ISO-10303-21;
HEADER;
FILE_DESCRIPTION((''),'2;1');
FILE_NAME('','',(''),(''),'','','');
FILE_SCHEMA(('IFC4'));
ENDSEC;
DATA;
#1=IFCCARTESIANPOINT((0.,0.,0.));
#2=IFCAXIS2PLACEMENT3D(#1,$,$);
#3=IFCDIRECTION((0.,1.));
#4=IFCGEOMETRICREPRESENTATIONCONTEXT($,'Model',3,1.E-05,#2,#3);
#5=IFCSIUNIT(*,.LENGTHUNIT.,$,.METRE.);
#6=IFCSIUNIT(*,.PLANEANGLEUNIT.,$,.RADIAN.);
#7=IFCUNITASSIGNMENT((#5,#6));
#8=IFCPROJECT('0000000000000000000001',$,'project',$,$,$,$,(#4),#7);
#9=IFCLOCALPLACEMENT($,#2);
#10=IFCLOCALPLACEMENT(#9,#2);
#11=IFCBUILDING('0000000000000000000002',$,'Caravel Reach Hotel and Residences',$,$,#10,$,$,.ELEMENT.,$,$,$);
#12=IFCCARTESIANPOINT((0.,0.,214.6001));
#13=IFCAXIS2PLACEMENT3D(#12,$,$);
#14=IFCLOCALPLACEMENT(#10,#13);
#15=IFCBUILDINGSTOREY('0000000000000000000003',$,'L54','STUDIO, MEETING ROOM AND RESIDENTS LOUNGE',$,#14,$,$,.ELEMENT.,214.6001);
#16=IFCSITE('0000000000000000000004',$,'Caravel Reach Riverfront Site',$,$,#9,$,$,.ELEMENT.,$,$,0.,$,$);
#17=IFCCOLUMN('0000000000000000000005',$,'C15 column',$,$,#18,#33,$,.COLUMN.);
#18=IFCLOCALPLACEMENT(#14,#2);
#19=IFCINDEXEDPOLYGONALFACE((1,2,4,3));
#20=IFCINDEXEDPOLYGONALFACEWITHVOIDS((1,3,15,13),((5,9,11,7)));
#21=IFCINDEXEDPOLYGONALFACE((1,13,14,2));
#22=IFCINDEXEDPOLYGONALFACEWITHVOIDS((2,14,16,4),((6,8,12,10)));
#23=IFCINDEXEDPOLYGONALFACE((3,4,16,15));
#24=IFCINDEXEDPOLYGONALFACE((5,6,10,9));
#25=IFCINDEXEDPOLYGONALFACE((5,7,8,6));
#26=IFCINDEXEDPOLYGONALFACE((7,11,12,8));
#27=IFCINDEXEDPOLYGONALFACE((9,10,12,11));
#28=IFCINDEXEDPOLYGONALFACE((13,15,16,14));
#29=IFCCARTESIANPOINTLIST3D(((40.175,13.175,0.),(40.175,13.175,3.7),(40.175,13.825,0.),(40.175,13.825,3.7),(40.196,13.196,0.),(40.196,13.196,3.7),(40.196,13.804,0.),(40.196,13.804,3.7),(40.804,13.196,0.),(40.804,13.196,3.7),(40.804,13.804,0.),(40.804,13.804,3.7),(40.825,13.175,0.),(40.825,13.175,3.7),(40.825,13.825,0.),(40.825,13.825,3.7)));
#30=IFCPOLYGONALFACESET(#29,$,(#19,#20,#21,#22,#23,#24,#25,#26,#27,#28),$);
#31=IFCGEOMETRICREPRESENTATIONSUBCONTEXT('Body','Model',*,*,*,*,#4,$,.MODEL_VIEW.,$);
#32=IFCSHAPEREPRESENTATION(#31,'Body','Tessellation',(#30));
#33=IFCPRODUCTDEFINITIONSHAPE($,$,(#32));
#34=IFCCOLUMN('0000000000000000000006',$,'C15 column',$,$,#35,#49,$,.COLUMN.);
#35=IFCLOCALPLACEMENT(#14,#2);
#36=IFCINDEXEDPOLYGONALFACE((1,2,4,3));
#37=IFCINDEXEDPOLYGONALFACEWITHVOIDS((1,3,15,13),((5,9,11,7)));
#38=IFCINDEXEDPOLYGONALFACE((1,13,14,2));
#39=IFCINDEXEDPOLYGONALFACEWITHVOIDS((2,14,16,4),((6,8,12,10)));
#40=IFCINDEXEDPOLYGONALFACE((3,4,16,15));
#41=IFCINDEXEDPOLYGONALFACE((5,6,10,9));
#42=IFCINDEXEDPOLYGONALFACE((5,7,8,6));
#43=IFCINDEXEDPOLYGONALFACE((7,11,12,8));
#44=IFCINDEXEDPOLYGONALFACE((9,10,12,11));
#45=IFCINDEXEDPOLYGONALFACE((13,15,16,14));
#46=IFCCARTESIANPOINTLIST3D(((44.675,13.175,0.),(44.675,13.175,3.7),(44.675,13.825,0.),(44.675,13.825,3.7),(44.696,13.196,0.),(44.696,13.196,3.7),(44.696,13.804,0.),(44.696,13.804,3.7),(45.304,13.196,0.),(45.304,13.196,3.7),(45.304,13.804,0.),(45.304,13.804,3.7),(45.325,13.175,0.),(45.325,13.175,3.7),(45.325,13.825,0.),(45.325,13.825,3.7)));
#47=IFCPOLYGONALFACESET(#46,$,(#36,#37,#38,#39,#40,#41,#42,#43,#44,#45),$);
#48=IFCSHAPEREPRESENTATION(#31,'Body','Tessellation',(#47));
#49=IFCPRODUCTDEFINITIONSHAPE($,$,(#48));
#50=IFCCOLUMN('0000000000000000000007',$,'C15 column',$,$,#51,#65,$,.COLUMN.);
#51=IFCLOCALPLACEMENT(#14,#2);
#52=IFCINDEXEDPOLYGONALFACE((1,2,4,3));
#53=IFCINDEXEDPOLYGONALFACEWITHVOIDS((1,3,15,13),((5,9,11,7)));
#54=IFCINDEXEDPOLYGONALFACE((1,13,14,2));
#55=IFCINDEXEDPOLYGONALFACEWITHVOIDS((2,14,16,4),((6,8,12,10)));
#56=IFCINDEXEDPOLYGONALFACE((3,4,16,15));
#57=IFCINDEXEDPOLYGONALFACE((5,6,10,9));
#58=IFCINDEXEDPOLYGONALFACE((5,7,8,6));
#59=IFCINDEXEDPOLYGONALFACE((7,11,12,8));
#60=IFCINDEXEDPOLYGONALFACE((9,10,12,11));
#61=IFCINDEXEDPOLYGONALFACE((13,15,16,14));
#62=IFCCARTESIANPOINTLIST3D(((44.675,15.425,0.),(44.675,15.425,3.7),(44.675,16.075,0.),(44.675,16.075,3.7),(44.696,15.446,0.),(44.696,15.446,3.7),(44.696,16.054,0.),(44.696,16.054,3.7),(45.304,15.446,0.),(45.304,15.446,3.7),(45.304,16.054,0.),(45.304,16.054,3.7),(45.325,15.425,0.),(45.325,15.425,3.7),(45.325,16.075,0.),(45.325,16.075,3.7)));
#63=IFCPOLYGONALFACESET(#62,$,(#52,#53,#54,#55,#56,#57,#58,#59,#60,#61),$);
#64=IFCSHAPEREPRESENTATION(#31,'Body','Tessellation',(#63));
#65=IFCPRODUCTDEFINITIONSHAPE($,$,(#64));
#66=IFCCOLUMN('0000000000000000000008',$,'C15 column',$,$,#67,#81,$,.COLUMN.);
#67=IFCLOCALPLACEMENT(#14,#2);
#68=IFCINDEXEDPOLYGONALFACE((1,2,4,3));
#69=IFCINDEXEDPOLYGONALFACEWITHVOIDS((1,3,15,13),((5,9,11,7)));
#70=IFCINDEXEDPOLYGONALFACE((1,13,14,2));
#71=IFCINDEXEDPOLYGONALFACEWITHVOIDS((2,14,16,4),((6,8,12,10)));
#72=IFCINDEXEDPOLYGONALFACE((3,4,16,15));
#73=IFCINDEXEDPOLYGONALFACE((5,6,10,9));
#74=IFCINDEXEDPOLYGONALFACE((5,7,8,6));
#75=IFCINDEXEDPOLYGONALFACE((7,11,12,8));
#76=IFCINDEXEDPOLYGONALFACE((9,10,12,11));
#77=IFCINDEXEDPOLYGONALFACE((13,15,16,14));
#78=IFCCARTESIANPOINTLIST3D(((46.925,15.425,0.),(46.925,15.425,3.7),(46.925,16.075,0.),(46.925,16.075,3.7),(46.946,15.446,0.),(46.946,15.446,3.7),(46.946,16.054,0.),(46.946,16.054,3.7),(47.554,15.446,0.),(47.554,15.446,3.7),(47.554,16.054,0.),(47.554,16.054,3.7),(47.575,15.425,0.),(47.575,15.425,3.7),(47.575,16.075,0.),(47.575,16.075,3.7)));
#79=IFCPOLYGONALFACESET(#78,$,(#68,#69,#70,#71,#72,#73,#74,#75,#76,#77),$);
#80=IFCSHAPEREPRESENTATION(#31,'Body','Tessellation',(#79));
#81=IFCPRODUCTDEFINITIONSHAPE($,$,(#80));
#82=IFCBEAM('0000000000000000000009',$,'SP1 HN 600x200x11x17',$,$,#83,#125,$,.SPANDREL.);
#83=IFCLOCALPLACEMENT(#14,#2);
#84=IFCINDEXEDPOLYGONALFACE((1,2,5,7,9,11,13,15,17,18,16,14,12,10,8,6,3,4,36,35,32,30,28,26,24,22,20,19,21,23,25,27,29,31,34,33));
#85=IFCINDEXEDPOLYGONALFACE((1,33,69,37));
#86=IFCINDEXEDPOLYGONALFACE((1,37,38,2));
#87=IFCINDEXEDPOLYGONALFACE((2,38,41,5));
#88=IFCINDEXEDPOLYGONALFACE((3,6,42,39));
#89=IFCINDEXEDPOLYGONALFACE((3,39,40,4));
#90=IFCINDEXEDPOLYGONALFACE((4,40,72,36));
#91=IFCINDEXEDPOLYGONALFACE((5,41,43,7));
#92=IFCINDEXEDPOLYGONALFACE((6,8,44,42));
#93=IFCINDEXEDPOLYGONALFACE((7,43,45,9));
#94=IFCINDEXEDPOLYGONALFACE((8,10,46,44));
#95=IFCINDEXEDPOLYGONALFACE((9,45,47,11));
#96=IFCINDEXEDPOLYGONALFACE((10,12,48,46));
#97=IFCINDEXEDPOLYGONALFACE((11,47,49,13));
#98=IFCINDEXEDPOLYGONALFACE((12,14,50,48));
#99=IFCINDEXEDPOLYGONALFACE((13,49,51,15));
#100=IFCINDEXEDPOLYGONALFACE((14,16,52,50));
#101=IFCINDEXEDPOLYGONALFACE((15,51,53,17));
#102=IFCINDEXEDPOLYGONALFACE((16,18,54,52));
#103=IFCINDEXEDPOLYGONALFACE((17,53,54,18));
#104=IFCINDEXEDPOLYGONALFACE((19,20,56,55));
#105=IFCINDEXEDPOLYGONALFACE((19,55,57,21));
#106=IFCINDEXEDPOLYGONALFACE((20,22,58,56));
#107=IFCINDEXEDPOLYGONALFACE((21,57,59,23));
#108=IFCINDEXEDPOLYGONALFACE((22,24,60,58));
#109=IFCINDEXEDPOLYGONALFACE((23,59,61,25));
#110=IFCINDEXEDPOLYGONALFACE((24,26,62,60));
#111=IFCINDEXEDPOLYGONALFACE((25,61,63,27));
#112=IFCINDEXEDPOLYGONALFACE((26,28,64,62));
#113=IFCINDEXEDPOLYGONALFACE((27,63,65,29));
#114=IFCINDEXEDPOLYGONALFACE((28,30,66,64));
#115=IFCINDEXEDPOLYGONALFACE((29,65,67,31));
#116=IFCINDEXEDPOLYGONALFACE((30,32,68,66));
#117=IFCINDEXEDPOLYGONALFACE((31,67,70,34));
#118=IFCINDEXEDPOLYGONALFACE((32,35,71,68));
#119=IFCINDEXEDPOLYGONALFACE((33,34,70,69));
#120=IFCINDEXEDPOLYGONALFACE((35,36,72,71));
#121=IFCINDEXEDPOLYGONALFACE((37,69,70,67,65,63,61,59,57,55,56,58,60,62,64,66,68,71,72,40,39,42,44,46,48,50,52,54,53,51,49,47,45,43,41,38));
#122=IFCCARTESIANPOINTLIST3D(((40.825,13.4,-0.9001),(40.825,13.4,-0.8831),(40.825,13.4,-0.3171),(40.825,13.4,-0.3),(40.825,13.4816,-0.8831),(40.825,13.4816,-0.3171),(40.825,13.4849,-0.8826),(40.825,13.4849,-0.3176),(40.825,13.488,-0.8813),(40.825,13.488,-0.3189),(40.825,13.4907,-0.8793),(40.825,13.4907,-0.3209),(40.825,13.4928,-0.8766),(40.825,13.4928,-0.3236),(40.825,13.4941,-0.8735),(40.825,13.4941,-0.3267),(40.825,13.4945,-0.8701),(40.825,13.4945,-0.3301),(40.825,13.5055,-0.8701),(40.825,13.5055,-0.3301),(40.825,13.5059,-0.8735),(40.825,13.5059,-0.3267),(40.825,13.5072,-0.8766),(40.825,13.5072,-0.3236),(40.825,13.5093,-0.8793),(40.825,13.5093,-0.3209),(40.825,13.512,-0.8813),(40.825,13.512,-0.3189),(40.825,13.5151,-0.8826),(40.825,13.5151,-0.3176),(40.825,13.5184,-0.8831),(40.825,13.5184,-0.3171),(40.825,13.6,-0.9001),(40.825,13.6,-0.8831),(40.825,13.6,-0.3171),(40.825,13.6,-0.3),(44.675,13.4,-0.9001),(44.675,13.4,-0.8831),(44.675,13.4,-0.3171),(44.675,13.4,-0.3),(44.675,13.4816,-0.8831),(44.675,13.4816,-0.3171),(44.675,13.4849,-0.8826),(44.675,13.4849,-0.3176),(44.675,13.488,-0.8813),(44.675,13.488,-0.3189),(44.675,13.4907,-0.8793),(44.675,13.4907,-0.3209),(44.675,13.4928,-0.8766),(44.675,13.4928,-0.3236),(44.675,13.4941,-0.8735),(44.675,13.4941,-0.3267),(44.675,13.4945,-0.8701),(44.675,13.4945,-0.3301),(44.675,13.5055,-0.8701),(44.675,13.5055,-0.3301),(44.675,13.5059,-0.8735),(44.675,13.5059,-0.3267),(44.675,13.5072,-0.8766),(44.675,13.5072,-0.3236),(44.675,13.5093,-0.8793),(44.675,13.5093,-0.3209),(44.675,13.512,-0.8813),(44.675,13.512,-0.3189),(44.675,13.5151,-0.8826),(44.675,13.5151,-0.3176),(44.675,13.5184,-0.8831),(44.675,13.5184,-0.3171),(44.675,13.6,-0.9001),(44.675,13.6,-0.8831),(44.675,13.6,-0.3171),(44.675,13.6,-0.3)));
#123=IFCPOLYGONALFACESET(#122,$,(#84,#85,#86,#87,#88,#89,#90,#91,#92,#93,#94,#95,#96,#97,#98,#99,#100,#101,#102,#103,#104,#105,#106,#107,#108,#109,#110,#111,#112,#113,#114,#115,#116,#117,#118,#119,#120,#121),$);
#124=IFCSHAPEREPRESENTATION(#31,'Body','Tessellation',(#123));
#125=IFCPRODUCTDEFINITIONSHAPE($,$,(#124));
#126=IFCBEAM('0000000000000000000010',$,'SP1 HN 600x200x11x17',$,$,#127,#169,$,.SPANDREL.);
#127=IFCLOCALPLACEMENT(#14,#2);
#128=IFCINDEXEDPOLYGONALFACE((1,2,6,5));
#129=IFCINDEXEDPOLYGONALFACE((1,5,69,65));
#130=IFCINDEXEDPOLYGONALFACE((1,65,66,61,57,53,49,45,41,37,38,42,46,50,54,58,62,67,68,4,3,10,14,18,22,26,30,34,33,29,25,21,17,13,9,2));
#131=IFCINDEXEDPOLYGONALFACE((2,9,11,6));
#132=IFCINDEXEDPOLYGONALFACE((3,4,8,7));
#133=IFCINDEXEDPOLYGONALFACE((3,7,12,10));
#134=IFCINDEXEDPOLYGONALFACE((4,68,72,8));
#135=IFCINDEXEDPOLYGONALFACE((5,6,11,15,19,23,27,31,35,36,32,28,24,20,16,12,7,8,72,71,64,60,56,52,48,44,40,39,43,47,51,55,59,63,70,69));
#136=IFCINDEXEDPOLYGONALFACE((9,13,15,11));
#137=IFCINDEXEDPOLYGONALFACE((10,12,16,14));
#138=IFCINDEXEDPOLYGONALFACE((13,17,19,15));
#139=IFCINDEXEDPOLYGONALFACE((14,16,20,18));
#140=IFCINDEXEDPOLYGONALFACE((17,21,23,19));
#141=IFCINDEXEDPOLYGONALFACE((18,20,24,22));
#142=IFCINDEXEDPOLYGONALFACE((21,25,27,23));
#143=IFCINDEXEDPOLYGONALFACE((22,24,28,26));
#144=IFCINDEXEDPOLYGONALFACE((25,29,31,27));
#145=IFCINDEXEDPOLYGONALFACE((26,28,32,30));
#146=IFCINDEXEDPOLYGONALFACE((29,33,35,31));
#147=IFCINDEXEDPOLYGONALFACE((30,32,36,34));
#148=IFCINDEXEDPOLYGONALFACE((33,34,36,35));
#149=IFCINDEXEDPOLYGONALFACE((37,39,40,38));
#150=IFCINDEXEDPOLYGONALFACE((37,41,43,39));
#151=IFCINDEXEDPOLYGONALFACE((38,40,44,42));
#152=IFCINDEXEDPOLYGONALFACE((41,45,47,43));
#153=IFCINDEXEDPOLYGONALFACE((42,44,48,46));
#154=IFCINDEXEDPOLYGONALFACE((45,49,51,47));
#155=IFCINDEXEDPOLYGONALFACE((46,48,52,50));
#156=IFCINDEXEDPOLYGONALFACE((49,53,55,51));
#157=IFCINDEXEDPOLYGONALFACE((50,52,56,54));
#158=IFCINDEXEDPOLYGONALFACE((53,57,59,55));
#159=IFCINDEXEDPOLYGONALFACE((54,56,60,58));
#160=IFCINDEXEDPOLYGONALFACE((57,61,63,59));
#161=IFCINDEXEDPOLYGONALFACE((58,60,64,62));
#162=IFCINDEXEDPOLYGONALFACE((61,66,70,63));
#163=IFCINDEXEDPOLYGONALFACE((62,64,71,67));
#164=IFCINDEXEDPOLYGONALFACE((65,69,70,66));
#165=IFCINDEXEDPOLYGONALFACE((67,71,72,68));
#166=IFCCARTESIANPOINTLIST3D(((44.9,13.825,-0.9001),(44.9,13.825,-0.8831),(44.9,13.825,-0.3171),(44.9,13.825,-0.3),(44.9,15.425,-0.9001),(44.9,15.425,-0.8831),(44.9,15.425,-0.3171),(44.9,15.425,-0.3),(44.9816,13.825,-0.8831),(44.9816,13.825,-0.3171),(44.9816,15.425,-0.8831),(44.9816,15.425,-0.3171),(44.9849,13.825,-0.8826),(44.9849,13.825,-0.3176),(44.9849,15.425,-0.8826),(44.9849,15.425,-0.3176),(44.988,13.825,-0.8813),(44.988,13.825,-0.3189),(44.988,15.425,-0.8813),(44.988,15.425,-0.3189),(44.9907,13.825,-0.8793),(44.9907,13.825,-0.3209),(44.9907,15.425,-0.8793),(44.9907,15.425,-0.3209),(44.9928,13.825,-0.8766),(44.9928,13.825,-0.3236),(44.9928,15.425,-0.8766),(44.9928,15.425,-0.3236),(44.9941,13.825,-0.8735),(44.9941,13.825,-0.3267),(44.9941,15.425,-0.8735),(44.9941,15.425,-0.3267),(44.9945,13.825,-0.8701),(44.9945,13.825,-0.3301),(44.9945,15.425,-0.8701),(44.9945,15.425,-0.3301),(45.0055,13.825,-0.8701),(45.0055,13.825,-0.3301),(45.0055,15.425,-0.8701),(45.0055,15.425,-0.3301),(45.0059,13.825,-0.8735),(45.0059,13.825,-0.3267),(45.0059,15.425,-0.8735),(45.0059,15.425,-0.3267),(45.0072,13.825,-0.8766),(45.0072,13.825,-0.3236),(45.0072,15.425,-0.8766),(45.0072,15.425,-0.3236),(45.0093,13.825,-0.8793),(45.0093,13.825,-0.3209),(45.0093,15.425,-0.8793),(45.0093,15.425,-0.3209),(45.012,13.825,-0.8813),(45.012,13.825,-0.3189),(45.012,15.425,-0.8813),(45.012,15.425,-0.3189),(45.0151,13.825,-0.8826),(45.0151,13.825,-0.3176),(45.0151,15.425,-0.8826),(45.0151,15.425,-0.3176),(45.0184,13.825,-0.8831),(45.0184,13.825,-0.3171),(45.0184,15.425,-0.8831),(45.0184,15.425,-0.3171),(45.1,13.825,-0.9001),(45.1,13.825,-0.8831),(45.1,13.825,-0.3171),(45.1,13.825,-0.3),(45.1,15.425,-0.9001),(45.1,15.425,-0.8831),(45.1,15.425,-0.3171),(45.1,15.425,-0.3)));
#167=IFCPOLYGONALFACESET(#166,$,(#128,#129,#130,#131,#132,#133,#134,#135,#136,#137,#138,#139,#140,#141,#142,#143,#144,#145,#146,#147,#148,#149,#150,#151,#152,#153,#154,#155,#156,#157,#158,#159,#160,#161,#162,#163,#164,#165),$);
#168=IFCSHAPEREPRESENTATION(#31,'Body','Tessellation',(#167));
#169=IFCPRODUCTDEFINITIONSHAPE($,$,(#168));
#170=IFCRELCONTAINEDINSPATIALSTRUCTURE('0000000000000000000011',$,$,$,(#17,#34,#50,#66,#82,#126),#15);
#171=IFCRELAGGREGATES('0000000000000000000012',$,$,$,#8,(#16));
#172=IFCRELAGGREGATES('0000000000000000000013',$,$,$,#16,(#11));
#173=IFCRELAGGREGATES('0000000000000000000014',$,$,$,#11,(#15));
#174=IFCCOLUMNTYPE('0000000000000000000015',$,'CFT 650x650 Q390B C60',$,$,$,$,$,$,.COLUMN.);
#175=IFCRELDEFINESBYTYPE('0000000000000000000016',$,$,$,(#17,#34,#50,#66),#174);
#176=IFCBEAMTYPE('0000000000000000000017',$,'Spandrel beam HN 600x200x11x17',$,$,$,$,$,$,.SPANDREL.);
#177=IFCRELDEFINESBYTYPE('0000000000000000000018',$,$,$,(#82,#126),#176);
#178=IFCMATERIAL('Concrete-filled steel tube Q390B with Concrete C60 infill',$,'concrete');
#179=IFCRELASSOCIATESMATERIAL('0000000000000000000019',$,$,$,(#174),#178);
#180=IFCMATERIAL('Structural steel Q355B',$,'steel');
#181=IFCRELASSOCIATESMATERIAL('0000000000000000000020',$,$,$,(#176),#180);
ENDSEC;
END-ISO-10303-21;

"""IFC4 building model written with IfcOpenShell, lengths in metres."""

from ifc_helpers import new_model, si_unit, direction, frame, origin, origin_2d, place, context, subcontext, project, spatial, hollow_rectangle, i_section, extrude, material, material_profile, profile_set, type_object, element, save


model = new_model("IFC4")

# Units and contexts
model_context = context("Model", 3, precision=1e-05, world=origin(), true_north=direction((0.0, 1.0)))
body_context = subcontext(model_context, "Body", "Model", "MODEL_VIEW")
ifc_project = project(units=[si_unit("LENGTHUNIT", "METRE"), si_unit("PLANEANGLEUNIT", "RADIAN")], contexts=[model_context])

# Site, building, storey
site_placement = place(None, origin())
site = spatial("IfcSite", under=ifc_project, at=site_placement, Name="Caravel Reach Riverfront Site", CompositionType="ELEMENT", RefElevation=0.0)
building_placement = place(site_placement, origin())
building = spatial("IfcBuilding", under=site, at=building_placement, Name="Caravel Reach Hotel and Residences", CompositionType="ELEMENT")
storey_placement = place(building_placement, frame((0.0, 0.0, 214.6001)))
storey = spatial("IfcBuildingStorey", under=building, at=storey_placement, Name="L54", Description="STUDIO, MEETING ROOM AND RESIDENTS LOUNGE", CompositionType="ELEMENT", Elevation=214.6001)

# Columns
ifc_material_1 = material(Name="Concrete-filled steel tube Q390B with Concrete C60 infill", Category="concrete")
ifc_material_profile_1 = material_profile(ifc_material_1, hollow_rectangle(XDim=0.6499, YDim=0.6499, WallThickness=0.021, at=origin_2d()), Name="RHS 650x650x21")
ifc_profile_set_1 = profile_set([ifc_material_profile_1], Name="Concrete-filled steel tube Q390B with Concrete C60 infill")
column_type = type_object("IfcColumnType", Name="CFT 650x650 Q390B C60", PredefinedType="COLUMN", material=ifc_profile_set_1)
for number, where, z_axis, x_axis, name in (
    (1, (40.5, 13.5, 0.0), (0.0, 0.0, 1.0), (1.0, 0.0, 0.0), "C15 column"),
    (2, (45.0, 13.5, 0.0), (0.0, 0.0, 1.0), (1.0, 0.0, 0.0), "C15 column"),
    (3, (45.0, 15.75, 0.0), (0.0, 0.0, 1.0), (1.0, 0.0, 0.0), "C15 column"),
    (4, (47.25, 15.75, 0.0), (0.0, 0.0, 1.0), (1.0, 0.0, 0.0), "C15 column"),
):
    element("IfcColumn", number, at=place(storey_placement, frame(where, z_axis=z_axis, x_axis=x_axis)), inside=storey, type_object=column_type, Name=name, PredefinedType="COLUMN", context=body_context, shape_type="SweptSolid", body=[
        extrude(hollow_rectangle(XDim=0.6499, YDim=0.6499, WallThickness=0.021, at=origin_2d()), origin(), (0.0, 0.0, 1.0), 3.7),
    ])

# Beams
ifc_material_2 = material(Name="Structural steel Q355B", Category="steel")
ifc_material_profile_2 = material_profile(ifc_material_2, i_section(OverallWidth=0.2, OverallDepth=0.6001, WebThickness=0.011, FlangeThickness=0.0171, FilletRadius=0.0129, at=origin_2d()), Name="HN 600x200x11x17")
ifc_profile_set_2 = profile_set([ifc_material_profile_2], Name="Structural steel Q355B")
beam_type = type_object("IfcBeamType", Name="Spandrel beam HN 600x200x11x17", PredefinedType="SPANDREL", material=ifc_profile_set_2)
beam_placement = place(storey_placement, frame((40.825, 13.5, -0.6001), z_axis=(1.0, 0.0, 0.0), x_axis=(0.0, 1.0, 0.0)))
element("IfcBeam", 5, at=beam_placement, inside=storey, type_object=beam_type, Name="SP1 HN 600x200x11x17", PredefinedType="SPANDREL", context=body_context, shape_type="SweptSolid", body=[
    extrude(i_section(OverallWidth=0.2, OverallDepth=0.6001, WebThickness=0.011, FlangeThickness=0.0171, FilletRadius=0.0129, at=origin_2d()), origin(), (0.0, 0.0, 1.0), 3.8501),
])
for number, where, z_axis, x_axis, name in (
    (6, (45.0, 13.825, -0.6001), (0.0, 1.0, 0.0), (-1.0, 0.0, 0.0), "SP1 HN 600x200x11x17"),
):
    element("IfcBeam", number, at=place(storey_placement, frame(where, z_axis=z_axis, x_axis=x_axis)), inside=storey, type_object=beam_type, Name=name, PredefinedType="SPANDREL", context=body_context, shape_type="SweptSolid", body=[
        extrude(i_section(OverallWidth=0.2, OverallDepth=0.6001, WebThickness=0.011, FlangeThickness=0.0171, FilletRadius=0.0129, at=origin_2d()), origin(), (0.0, 0.0, 1.0), 1.6001),
    ])

save(model, "model.ifc")
